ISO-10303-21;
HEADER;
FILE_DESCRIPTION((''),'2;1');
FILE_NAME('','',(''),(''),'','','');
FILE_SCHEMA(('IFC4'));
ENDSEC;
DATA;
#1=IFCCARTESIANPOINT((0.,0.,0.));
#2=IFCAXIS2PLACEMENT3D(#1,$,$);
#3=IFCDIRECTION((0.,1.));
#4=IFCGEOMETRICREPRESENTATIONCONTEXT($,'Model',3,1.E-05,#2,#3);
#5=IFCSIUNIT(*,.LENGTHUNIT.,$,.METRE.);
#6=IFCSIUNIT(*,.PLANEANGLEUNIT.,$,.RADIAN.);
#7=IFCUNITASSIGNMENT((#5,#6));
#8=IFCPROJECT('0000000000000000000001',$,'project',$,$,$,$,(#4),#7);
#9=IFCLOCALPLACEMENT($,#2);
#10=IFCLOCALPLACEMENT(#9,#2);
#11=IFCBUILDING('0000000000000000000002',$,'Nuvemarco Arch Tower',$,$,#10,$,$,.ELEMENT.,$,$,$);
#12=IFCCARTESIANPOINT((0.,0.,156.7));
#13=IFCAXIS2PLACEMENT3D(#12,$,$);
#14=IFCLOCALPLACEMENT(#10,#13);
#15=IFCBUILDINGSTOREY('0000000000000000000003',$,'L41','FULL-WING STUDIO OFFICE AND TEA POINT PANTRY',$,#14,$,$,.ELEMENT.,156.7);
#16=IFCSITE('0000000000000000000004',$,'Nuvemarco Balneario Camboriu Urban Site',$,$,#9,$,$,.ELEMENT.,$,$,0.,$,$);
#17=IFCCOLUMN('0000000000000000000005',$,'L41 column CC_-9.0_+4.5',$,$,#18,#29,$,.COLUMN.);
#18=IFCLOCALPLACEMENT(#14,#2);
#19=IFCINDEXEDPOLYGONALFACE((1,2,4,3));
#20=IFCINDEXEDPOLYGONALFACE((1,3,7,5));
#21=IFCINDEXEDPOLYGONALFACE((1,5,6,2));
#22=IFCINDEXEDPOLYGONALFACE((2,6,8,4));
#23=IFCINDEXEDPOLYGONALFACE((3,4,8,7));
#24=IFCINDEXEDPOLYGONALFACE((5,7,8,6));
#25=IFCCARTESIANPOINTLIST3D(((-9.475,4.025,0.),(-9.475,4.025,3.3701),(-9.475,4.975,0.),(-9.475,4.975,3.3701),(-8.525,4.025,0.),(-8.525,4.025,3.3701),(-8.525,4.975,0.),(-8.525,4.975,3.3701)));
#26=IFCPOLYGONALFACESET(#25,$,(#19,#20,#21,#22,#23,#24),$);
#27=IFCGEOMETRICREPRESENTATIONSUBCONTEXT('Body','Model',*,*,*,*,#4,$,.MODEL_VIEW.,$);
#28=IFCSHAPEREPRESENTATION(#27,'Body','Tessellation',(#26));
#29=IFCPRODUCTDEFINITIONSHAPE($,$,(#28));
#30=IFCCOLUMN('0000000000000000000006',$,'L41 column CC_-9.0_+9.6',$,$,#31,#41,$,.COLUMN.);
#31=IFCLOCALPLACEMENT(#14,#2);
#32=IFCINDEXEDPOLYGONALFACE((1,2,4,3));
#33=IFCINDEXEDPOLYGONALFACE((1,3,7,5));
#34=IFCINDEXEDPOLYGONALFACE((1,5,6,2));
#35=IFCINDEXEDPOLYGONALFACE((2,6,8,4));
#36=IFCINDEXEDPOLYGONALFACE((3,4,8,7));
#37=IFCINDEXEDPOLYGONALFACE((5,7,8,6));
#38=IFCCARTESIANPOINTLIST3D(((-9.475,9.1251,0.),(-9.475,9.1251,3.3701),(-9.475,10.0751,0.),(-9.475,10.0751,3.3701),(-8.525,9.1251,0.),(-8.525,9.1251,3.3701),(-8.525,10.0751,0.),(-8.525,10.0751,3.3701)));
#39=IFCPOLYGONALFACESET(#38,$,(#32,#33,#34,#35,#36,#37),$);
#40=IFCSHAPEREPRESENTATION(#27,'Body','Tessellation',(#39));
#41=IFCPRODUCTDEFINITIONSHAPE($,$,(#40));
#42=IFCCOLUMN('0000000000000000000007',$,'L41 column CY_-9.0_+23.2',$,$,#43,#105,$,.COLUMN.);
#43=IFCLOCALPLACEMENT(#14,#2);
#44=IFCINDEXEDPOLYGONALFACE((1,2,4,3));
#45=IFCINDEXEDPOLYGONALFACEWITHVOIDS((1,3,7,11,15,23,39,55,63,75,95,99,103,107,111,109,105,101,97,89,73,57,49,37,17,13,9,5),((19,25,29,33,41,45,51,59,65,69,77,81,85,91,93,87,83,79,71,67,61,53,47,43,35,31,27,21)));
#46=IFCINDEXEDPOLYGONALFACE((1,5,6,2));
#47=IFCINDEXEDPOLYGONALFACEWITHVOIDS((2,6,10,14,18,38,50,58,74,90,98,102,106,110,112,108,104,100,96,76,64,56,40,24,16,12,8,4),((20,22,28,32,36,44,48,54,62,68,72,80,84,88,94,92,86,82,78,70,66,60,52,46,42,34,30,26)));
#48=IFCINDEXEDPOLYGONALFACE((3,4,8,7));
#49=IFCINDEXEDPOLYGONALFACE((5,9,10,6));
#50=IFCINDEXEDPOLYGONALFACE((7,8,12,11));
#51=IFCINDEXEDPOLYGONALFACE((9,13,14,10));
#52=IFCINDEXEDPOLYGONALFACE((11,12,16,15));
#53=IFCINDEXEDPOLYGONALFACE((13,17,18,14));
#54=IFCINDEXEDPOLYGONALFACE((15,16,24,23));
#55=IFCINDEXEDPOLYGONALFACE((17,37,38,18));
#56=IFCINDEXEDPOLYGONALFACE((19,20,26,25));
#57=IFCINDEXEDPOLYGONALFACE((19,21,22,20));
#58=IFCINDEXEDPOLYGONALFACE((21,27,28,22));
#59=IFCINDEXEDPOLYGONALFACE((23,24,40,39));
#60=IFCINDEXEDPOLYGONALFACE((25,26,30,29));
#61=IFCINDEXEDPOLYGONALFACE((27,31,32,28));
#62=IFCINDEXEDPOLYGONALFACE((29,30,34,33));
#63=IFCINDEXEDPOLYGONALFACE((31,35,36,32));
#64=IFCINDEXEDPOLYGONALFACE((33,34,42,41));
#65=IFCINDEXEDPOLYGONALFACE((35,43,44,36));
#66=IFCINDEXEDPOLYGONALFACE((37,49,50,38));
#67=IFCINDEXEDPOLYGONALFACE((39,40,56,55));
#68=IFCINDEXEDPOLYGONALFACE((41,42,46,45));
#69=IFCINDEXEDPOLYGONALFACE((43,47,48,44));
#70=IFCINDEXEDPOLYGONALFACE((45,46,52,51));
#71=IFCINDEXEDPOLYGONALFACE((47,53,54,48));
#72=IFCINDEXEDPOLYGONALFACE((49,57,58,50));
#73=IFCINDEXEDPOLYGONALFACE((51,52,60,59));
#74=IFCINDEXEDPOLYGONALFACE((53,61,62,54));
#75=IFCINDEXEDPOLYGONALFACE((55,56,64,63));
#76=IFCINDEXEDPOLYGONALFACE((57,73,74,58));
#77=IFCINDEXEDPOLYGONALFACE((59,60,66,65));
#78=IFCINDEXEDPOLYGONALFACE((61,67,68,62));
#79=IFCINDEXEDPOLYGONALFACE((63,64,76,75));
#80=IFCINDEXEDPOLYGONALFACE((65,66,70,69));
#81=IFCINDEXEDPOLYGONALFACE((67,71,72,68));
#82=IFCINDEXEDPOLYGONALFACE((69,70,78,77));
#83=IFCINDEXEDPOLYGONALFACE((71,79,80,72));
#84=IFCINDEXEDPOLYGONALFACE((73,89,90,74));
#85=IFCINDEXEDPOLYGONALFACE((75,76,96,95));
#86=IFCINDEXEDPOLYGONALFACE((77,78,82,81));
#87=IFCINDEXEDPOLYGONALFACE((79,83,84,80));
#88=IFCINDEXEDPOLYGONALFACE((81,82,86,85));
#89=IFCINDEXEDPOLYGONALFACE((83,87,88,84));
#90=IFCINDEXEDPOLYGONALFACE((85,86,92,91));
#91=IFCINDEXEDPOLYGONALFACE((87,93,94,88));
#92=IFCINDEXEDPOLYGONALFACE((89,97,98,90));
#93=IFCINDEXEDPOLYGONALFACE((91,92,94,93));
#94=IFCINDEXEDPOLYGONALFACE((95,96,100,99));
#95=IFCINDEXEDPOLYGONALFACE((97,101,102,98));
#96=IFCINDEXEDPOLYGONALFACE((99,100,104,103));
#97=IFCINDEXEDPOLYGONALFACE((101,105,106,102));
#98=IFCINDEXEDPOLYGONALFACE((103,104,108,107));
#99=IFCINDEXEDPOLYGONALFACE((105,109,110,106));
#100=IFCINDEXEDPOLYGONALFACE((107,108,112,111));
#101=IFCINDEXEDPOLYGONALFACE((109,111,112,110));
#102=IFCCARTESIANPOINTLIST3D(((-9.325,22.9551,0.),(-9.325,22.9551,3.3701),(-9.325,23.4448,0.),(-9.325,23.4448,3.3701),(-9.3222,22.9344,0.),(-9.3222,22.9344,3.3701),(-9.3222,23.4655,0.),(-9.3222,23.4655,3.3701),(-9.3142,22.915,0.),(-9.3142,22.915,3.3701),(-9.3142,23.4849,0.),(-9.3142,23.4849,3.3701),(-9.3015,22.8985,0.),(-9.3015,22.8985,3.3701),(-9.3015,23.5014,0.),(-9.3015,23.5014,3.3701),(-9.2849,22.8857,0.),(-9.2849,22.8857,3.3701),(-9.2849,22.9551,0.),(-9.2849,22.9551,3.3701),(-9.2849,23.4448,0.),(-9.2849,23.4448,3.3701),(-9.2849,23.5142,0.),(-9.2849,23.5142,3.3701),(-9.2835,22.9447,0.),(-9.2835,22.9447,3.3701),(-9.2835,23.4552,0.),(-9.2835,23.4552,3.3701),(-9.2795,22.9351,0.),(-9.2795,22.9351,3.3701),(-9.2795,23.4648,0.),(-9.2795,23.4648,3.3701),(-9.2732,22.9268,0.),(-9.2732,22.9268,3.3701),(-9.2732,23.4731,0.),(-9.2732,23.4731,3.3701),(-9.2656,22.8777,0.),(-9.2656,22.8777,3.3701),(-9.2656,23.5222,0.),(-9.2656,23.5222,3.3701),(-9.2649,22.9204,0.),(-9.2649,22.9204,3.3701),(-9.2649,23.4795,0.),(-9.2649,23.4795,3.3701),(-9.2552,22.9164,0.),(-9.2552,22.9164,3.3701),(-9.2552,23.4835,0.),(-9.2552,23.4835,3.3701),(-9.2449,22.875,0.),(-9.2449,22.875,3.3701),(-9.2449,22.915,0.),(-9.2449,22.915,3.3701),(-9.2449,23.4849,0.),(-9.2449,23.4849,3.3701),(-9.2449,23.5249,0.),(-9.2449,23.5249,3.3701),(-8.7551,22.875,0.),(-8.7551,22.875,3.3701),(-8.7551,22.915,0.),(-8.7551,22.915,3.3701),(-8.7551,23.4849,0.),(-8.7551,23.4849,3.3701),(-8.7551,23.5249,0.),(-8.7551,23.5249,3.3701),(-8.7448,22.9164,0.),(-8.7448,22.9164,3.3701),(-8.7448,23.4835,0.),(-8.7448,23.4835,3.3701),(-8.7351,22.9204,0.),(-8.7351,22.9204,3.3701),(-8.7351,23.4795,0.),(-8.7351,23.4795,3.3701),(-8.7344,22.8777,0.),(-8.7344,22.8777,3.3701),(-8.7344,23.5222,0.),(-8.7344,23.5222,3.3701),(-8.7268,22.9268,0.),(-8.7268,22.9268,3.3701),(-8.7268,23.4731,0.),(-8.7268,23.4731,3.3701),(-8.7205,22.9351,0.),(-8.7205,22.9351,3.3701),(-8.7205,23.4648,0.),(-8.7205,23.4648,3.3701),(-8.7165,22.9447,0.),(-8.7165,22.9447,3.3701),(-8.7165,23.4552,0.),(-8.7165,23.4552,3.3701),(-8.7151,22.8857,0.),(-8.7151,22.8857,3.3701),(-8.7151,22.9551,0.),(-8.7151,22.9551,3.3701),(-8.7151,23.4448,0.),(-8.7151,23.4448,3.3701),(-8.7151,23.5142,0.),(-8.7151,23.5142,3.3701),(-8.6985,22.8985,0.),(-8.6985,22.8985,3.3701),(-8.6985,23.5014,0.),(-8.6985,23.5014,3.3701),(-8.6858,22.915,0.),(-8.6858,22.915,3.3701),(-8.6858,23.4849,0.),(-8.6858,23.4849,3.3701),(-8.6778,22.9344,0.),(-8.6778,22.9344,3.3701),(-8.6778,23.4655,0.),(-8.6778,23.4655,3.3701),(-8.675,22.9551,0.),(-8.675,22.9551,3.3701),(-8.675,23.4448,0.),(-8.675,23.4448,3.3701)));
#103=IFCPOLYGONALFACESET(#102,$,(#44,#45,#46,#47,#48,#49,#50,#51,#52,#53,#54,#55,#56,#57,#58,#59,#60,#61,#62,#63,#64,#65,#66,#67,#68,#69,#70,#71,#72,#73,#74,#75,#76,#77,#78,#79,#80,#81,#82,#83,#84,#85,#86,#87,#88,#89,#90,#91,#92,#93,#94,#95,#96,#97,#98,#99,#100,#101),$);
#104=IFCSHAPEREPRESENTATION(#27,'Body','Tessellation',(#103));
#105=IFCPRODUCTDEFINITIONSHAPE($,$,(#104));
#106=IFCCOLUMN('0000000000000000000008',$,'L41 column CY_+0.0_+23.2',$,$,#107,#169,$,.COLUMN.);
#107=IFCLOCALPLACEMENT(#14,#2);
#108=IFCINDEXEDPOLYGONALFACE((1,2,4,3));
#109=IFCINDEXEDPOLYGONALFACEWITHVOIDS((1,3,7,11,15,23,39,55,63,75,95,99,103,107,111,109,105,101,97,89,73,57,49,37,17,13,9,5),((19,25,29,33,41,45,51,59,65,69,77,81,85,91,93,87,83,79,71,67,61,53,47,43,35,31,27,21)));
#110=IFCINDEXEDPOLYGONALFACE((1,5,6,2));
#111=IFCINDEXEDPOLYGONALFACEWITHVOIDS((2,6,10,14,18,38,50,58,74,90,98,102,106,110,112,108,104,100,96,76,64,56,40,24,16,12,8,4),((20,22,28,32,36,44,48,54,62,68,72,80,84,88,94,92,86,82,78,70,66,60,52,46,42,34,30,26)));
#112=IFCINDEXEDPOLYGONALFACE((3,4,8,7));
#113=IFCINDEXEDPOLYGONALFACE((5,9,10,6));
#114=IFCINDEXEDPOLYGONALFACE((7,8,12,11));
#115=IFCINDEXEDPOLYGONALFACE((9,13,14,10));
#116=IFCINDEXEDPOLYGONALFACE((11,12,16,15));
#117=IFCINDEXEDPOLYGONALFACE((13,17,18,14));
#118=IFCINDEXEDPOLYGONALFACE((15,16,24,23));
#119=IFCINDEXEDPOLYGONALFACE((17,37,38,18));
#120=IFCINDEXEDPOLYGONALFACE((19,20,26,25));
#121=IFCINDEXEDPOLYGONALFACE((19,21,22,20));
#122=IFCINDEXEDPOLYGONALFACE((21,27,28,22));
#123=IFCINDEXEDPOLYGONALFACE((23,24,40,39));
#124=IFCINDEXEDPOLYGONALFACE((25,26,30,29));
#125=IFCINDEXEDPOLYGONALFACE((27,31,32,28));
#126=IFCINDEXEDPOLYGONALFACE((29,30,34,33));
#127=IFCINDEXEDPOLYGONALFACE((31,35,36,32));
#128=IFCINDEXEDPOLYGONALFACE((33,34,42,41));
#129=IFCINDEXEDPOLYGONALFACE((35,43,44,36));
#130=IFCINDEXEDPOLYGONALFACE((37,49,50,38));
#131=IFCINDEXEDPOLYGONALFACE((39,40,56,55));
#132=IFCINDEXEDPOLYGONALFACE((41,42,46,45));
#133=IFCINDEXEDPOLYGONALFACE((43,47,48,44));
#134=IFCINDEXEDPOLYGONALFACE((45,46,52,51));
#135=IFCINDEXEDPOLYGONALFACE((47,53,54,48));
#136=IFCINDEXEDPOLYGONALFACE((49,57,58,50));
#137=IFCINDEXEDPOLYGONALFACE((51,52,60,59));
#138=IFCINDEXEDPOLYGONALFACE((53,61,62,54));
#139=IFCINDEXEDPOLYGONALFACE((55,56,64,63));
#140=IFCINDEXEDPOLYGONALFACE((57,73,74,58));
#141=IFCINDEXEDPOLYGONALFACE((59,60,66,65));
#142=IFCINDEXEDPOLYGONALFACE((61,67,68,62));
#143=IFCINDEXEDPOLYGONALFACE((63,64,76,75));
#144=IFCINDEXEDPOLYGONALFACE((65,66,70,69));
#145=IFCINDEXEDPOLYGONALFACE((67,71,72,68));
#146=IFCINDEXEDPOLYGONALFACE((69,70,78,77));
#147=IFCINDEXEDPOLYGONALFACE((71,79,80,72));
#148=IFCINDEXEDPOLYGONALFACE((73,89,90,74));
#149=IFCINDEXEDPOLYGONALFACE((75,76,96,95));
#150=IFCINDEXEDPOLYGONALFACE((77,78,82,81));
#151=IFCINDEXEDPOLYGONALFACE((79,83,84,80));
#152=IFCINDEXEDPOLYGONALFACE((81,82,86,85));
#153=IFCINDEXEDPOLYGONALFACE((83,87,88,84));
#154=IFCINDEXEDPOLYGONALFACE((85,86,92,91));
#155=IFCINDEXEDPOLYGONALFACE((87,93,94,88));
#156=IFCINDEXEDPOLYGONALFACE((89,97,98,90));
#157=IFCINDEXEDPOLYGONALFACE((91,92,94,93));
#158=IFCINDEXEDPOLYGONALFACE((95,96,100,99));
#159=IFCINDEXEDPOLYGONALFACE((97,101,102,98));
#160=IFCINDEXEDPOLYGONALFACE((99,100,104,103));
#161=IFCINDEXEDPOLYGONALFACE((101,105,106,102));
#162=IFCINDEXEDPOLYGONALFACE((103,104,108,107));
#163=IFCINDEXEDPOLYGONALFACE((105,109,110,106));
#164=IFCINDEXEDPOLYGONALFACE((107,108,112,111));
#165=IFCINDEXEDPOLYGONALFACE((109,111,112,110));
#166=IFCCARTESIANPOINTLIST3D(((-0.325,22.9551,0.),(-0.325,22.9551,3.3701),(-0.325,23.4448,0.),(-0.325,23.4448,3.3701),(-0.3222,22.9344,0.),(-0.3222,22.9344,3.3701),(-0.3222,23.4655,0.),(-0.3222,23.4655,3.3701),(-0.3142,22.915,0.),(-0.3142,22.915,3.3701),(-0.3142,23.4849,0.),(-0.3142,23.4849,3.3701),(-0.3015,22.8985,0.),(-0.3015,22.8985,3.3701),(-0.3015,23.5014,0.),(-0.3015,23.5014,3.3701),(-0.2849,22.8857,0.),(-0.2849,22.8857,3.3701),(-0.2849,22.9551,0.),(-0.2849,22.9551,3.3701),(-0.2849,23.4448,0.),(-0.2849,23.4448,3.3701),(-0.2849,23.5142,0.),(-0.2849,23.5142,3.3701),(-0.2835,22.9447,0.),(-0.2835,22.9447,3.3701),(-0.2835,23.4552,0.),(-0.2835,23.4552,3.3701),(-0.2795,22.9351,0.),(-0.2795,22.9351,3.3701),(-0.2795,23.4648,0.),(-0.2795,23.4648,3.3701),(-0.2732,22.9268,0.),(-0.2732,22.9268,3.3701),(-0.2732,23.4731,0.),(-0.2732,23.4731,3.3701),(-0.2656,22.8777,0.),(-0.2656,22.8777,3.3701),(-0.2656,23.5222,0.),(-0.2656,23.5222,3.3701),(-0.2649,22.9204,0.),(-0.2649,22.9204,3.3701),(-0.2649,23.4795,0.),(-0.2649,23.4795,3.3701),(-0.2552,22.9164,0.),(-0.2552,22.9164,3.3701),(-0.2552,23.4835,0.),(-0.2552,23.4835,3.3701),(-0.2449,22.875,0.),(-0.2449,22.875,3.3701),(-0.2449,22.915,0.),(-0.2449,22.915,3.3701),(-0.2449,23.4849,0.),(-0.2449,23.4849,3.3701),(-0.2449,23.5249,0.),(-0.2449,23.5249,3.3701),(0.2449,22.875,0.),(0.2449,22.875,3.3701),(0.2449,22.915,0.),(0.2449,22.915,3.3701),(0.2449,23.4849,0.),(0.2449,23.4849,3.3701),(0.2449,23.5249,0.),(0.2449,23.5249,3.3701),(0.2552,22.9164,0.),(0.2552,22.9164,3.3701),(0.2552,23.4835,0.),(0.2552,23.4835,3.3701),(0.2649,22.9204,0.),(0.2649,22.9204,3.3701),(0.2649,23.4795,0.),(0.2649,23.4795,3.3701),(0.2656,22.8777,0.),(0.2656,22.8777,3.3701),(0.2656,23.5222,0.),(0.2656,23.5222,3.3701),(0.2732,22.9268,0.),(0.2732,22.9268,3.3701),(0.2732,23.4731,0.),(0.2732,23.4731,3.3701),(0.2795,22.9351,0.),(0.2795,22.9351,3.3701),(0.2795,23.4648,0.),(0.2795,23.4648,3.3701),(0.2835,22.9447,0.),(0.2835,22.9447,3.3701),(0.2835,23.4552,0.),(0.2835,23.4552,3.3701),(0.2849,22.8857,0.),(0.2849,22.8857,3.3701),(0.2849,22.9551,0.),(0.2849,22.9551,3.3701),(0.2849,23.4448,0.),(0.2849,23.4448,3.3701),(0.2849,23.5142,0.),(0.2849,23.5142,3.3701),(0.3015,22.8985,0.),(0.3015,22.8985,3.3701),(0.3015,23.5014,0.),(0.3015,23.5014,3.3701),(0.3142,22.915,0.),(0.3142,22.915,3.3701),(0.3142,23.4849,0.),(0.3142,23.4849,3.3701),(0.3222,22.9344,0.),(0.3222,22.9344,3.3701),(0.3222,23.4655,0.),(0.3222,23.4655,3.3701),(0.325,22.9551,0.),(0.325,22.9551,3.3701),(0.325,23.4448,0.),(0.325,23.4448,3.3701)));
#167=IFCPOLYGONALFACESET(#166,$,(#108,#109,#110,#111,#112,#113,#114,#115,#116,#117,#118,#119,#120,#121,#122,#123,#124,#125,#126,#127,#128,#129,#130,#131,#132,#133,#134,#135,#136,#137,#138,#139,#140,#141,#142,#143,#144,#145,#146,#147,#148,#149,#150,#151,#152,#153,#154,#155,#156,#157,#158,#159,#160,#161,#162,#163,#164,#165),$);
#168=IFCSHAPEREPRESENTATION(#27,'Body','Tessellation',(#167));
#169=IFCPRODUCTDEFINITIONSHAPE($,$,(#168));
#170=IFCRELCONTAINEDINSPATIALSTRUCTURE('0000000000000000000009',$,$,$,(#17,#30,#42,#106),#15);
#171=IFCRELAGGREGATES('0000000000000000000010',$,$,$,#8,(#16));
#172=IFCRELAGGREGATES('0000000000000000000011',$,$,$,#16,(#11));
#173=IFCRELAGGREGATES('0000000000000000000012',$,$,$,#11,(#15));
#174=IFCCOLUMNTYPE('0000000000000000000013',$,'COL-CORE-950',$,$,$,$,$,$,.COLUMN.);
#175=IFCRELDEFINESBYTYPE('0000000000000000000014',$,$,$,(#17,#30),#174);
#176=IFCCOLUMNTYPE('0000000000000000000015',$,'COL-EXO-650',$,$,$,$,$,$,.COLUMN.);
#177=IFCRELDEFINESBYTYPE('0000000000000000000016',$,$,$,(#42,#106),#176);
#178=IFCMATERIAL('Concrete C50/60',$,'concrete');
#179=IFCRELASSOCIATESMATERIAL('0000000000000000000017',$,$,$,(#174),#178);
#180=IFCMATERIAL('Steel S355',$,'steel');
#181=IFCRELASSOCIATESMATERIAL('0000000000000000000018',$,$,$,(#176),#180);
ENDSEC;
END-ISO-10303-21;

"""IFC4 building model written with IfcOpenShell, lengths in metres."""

from ifc_helpers import new_model, si_unit, direction, frame, origin, origin_2d, place, context, subcontext, project, spatial, rectangle, hollow_rectangle, extrude, material, material_profile, profile_set, type_object, element, save


model = new_model("IFC4")

# Units and contexts
model_context = context("Model", 3, precision=1e-05, world=origin(), true_north=direction((0.0, 1.0)))
body_context = subcontext(model_context, "Body", "Model", "MODEL_VIEW")
ifc_project = project(units=[si_unit("LENGTHUNIT", "METRE"), si_unit("PLANEANGLEUNIT", "RADIAN")], contexts=[model_context])

# Site, building, storey
site_placement = place(None, origin())
site = spatial("IfcSite", under=ifc_project, at=site_placement, Name="Nuvemarco Balneario Camboriu Urban Site", CompositionType="ELEMENT", RefElevation=0.0)
building_placement = place(site_placement, origin())
building = spatial("IfcBuilding", under=site, at=building_placement, Name="Nuvemarco Arch Tower", CompositionType="ELEMENT")
storey_placement = place(building_placement, frame((0.0, 0.0, 156.7)))
storey = spatial("IfcBuildingStorey", under=building, at=storey_placement, Name="L41", Description="FULL-WING STUDIO OFFICE AND TEA POINT PANTRY", CompositionType="ELEMENT", Elevation=156.7)

# Columns
ifc_material_1 = material(Name="Concrete C50/60", Category="concrete")
ifc_material_profile_1 = material_profile(ifc_material_1, rectangle(XDim=0.95, YDim=0.95, at=origin_2d()), Name="RC-COL-950x950")
ifc_profile_set_1 = profile_set([ifc_material_profile_1], Name="Concrete C50/60")
column_type_1 = type_object("IfcColumnType", Name="COL-CORE-950", PredefinedType="COLUMN", material=ifc_profile_set_1)
for number, where, z_axis, x_axis, name in (
    (1, (-9.0, 4.5, 0.0), (0.0, 0.0, 1.0), (1.0, 0.0, 0.0), "L41 column CC_-9.0_+4.5"),
    (2, (-9.0, 9.6001, 0.0), (0.0, 0.0, 1.0), (1.0, 0.0, 0.0), "L41 column CC_-9.0_+9.6"),
):
    element("IfcColumn", number, at=place(storey_placement, frame(where, z_axis=z_axis, x_axis=x_axis)), inside=storey, type_object=column_type_1, Name=name, PredefinedType="COLUMN", context=body_context, shape_type="SweptSolid", body=[
        extrude(rectangle(XDim=0.95, YDim=0.95, at=origin_2d()), origin(), (0.0, 0.0, 1.0), 3.3701),
    ])
ifc_material_2 = material(Name="Steel S355", Category="steel")
ifc_material_profile_2 = material_profile(ifc_material_2, hollow_rectangle(XDim=0.6499, YDim=0.6499, WallThickness=0.04, InnerFilletRadius=0.04, OuterFilletRadius=0.0801, at=origin_2d()), Name="SHS650x650x40")
ifc_profile_set_2 = profile_set([ifc_material_profile_2], Name="Steel S355")
column_type_2 = type_object("IfcColumnType", Name="COL-EXO-650", PredefinedType="COLUMN", material=ifc_profile_set_2)
for number, where, z_axis, x_axis, name in (
    (3, (-9.0, 23.2, 0.0), (0.0, 0.0, 1.0), (1.0, 0.0, 0.0), "L41 column CY_-9.0_+23.2"),
    (4, (0.0, 23.2, 0.0), (0.0, 0.0, 1.0), (1.0, 0.0, 0.0), "L41 column CY_+0.0_+23.2"),
):
    element("IfcColumn", number, at=place(storey_placement, frame(where, z_axis=z_axis, x_axis=x_axis)), inside=storey, type_object=column_type_2, Name=name, PredefinedType="COLUMN", context=body_context, shape_type="SweptSolid", body=[
        extrude(hollow_rectangle(XDim=0.6499, YDim=0.6499, WallThickness=0.04, InnerFilletRadius=0.04, OuterFilletRadius=0.0801, at=origin_2d()), origin(), (0.0, 0.0, 1.0), 3.3701),
    ])

save(model, "model.ifc")
